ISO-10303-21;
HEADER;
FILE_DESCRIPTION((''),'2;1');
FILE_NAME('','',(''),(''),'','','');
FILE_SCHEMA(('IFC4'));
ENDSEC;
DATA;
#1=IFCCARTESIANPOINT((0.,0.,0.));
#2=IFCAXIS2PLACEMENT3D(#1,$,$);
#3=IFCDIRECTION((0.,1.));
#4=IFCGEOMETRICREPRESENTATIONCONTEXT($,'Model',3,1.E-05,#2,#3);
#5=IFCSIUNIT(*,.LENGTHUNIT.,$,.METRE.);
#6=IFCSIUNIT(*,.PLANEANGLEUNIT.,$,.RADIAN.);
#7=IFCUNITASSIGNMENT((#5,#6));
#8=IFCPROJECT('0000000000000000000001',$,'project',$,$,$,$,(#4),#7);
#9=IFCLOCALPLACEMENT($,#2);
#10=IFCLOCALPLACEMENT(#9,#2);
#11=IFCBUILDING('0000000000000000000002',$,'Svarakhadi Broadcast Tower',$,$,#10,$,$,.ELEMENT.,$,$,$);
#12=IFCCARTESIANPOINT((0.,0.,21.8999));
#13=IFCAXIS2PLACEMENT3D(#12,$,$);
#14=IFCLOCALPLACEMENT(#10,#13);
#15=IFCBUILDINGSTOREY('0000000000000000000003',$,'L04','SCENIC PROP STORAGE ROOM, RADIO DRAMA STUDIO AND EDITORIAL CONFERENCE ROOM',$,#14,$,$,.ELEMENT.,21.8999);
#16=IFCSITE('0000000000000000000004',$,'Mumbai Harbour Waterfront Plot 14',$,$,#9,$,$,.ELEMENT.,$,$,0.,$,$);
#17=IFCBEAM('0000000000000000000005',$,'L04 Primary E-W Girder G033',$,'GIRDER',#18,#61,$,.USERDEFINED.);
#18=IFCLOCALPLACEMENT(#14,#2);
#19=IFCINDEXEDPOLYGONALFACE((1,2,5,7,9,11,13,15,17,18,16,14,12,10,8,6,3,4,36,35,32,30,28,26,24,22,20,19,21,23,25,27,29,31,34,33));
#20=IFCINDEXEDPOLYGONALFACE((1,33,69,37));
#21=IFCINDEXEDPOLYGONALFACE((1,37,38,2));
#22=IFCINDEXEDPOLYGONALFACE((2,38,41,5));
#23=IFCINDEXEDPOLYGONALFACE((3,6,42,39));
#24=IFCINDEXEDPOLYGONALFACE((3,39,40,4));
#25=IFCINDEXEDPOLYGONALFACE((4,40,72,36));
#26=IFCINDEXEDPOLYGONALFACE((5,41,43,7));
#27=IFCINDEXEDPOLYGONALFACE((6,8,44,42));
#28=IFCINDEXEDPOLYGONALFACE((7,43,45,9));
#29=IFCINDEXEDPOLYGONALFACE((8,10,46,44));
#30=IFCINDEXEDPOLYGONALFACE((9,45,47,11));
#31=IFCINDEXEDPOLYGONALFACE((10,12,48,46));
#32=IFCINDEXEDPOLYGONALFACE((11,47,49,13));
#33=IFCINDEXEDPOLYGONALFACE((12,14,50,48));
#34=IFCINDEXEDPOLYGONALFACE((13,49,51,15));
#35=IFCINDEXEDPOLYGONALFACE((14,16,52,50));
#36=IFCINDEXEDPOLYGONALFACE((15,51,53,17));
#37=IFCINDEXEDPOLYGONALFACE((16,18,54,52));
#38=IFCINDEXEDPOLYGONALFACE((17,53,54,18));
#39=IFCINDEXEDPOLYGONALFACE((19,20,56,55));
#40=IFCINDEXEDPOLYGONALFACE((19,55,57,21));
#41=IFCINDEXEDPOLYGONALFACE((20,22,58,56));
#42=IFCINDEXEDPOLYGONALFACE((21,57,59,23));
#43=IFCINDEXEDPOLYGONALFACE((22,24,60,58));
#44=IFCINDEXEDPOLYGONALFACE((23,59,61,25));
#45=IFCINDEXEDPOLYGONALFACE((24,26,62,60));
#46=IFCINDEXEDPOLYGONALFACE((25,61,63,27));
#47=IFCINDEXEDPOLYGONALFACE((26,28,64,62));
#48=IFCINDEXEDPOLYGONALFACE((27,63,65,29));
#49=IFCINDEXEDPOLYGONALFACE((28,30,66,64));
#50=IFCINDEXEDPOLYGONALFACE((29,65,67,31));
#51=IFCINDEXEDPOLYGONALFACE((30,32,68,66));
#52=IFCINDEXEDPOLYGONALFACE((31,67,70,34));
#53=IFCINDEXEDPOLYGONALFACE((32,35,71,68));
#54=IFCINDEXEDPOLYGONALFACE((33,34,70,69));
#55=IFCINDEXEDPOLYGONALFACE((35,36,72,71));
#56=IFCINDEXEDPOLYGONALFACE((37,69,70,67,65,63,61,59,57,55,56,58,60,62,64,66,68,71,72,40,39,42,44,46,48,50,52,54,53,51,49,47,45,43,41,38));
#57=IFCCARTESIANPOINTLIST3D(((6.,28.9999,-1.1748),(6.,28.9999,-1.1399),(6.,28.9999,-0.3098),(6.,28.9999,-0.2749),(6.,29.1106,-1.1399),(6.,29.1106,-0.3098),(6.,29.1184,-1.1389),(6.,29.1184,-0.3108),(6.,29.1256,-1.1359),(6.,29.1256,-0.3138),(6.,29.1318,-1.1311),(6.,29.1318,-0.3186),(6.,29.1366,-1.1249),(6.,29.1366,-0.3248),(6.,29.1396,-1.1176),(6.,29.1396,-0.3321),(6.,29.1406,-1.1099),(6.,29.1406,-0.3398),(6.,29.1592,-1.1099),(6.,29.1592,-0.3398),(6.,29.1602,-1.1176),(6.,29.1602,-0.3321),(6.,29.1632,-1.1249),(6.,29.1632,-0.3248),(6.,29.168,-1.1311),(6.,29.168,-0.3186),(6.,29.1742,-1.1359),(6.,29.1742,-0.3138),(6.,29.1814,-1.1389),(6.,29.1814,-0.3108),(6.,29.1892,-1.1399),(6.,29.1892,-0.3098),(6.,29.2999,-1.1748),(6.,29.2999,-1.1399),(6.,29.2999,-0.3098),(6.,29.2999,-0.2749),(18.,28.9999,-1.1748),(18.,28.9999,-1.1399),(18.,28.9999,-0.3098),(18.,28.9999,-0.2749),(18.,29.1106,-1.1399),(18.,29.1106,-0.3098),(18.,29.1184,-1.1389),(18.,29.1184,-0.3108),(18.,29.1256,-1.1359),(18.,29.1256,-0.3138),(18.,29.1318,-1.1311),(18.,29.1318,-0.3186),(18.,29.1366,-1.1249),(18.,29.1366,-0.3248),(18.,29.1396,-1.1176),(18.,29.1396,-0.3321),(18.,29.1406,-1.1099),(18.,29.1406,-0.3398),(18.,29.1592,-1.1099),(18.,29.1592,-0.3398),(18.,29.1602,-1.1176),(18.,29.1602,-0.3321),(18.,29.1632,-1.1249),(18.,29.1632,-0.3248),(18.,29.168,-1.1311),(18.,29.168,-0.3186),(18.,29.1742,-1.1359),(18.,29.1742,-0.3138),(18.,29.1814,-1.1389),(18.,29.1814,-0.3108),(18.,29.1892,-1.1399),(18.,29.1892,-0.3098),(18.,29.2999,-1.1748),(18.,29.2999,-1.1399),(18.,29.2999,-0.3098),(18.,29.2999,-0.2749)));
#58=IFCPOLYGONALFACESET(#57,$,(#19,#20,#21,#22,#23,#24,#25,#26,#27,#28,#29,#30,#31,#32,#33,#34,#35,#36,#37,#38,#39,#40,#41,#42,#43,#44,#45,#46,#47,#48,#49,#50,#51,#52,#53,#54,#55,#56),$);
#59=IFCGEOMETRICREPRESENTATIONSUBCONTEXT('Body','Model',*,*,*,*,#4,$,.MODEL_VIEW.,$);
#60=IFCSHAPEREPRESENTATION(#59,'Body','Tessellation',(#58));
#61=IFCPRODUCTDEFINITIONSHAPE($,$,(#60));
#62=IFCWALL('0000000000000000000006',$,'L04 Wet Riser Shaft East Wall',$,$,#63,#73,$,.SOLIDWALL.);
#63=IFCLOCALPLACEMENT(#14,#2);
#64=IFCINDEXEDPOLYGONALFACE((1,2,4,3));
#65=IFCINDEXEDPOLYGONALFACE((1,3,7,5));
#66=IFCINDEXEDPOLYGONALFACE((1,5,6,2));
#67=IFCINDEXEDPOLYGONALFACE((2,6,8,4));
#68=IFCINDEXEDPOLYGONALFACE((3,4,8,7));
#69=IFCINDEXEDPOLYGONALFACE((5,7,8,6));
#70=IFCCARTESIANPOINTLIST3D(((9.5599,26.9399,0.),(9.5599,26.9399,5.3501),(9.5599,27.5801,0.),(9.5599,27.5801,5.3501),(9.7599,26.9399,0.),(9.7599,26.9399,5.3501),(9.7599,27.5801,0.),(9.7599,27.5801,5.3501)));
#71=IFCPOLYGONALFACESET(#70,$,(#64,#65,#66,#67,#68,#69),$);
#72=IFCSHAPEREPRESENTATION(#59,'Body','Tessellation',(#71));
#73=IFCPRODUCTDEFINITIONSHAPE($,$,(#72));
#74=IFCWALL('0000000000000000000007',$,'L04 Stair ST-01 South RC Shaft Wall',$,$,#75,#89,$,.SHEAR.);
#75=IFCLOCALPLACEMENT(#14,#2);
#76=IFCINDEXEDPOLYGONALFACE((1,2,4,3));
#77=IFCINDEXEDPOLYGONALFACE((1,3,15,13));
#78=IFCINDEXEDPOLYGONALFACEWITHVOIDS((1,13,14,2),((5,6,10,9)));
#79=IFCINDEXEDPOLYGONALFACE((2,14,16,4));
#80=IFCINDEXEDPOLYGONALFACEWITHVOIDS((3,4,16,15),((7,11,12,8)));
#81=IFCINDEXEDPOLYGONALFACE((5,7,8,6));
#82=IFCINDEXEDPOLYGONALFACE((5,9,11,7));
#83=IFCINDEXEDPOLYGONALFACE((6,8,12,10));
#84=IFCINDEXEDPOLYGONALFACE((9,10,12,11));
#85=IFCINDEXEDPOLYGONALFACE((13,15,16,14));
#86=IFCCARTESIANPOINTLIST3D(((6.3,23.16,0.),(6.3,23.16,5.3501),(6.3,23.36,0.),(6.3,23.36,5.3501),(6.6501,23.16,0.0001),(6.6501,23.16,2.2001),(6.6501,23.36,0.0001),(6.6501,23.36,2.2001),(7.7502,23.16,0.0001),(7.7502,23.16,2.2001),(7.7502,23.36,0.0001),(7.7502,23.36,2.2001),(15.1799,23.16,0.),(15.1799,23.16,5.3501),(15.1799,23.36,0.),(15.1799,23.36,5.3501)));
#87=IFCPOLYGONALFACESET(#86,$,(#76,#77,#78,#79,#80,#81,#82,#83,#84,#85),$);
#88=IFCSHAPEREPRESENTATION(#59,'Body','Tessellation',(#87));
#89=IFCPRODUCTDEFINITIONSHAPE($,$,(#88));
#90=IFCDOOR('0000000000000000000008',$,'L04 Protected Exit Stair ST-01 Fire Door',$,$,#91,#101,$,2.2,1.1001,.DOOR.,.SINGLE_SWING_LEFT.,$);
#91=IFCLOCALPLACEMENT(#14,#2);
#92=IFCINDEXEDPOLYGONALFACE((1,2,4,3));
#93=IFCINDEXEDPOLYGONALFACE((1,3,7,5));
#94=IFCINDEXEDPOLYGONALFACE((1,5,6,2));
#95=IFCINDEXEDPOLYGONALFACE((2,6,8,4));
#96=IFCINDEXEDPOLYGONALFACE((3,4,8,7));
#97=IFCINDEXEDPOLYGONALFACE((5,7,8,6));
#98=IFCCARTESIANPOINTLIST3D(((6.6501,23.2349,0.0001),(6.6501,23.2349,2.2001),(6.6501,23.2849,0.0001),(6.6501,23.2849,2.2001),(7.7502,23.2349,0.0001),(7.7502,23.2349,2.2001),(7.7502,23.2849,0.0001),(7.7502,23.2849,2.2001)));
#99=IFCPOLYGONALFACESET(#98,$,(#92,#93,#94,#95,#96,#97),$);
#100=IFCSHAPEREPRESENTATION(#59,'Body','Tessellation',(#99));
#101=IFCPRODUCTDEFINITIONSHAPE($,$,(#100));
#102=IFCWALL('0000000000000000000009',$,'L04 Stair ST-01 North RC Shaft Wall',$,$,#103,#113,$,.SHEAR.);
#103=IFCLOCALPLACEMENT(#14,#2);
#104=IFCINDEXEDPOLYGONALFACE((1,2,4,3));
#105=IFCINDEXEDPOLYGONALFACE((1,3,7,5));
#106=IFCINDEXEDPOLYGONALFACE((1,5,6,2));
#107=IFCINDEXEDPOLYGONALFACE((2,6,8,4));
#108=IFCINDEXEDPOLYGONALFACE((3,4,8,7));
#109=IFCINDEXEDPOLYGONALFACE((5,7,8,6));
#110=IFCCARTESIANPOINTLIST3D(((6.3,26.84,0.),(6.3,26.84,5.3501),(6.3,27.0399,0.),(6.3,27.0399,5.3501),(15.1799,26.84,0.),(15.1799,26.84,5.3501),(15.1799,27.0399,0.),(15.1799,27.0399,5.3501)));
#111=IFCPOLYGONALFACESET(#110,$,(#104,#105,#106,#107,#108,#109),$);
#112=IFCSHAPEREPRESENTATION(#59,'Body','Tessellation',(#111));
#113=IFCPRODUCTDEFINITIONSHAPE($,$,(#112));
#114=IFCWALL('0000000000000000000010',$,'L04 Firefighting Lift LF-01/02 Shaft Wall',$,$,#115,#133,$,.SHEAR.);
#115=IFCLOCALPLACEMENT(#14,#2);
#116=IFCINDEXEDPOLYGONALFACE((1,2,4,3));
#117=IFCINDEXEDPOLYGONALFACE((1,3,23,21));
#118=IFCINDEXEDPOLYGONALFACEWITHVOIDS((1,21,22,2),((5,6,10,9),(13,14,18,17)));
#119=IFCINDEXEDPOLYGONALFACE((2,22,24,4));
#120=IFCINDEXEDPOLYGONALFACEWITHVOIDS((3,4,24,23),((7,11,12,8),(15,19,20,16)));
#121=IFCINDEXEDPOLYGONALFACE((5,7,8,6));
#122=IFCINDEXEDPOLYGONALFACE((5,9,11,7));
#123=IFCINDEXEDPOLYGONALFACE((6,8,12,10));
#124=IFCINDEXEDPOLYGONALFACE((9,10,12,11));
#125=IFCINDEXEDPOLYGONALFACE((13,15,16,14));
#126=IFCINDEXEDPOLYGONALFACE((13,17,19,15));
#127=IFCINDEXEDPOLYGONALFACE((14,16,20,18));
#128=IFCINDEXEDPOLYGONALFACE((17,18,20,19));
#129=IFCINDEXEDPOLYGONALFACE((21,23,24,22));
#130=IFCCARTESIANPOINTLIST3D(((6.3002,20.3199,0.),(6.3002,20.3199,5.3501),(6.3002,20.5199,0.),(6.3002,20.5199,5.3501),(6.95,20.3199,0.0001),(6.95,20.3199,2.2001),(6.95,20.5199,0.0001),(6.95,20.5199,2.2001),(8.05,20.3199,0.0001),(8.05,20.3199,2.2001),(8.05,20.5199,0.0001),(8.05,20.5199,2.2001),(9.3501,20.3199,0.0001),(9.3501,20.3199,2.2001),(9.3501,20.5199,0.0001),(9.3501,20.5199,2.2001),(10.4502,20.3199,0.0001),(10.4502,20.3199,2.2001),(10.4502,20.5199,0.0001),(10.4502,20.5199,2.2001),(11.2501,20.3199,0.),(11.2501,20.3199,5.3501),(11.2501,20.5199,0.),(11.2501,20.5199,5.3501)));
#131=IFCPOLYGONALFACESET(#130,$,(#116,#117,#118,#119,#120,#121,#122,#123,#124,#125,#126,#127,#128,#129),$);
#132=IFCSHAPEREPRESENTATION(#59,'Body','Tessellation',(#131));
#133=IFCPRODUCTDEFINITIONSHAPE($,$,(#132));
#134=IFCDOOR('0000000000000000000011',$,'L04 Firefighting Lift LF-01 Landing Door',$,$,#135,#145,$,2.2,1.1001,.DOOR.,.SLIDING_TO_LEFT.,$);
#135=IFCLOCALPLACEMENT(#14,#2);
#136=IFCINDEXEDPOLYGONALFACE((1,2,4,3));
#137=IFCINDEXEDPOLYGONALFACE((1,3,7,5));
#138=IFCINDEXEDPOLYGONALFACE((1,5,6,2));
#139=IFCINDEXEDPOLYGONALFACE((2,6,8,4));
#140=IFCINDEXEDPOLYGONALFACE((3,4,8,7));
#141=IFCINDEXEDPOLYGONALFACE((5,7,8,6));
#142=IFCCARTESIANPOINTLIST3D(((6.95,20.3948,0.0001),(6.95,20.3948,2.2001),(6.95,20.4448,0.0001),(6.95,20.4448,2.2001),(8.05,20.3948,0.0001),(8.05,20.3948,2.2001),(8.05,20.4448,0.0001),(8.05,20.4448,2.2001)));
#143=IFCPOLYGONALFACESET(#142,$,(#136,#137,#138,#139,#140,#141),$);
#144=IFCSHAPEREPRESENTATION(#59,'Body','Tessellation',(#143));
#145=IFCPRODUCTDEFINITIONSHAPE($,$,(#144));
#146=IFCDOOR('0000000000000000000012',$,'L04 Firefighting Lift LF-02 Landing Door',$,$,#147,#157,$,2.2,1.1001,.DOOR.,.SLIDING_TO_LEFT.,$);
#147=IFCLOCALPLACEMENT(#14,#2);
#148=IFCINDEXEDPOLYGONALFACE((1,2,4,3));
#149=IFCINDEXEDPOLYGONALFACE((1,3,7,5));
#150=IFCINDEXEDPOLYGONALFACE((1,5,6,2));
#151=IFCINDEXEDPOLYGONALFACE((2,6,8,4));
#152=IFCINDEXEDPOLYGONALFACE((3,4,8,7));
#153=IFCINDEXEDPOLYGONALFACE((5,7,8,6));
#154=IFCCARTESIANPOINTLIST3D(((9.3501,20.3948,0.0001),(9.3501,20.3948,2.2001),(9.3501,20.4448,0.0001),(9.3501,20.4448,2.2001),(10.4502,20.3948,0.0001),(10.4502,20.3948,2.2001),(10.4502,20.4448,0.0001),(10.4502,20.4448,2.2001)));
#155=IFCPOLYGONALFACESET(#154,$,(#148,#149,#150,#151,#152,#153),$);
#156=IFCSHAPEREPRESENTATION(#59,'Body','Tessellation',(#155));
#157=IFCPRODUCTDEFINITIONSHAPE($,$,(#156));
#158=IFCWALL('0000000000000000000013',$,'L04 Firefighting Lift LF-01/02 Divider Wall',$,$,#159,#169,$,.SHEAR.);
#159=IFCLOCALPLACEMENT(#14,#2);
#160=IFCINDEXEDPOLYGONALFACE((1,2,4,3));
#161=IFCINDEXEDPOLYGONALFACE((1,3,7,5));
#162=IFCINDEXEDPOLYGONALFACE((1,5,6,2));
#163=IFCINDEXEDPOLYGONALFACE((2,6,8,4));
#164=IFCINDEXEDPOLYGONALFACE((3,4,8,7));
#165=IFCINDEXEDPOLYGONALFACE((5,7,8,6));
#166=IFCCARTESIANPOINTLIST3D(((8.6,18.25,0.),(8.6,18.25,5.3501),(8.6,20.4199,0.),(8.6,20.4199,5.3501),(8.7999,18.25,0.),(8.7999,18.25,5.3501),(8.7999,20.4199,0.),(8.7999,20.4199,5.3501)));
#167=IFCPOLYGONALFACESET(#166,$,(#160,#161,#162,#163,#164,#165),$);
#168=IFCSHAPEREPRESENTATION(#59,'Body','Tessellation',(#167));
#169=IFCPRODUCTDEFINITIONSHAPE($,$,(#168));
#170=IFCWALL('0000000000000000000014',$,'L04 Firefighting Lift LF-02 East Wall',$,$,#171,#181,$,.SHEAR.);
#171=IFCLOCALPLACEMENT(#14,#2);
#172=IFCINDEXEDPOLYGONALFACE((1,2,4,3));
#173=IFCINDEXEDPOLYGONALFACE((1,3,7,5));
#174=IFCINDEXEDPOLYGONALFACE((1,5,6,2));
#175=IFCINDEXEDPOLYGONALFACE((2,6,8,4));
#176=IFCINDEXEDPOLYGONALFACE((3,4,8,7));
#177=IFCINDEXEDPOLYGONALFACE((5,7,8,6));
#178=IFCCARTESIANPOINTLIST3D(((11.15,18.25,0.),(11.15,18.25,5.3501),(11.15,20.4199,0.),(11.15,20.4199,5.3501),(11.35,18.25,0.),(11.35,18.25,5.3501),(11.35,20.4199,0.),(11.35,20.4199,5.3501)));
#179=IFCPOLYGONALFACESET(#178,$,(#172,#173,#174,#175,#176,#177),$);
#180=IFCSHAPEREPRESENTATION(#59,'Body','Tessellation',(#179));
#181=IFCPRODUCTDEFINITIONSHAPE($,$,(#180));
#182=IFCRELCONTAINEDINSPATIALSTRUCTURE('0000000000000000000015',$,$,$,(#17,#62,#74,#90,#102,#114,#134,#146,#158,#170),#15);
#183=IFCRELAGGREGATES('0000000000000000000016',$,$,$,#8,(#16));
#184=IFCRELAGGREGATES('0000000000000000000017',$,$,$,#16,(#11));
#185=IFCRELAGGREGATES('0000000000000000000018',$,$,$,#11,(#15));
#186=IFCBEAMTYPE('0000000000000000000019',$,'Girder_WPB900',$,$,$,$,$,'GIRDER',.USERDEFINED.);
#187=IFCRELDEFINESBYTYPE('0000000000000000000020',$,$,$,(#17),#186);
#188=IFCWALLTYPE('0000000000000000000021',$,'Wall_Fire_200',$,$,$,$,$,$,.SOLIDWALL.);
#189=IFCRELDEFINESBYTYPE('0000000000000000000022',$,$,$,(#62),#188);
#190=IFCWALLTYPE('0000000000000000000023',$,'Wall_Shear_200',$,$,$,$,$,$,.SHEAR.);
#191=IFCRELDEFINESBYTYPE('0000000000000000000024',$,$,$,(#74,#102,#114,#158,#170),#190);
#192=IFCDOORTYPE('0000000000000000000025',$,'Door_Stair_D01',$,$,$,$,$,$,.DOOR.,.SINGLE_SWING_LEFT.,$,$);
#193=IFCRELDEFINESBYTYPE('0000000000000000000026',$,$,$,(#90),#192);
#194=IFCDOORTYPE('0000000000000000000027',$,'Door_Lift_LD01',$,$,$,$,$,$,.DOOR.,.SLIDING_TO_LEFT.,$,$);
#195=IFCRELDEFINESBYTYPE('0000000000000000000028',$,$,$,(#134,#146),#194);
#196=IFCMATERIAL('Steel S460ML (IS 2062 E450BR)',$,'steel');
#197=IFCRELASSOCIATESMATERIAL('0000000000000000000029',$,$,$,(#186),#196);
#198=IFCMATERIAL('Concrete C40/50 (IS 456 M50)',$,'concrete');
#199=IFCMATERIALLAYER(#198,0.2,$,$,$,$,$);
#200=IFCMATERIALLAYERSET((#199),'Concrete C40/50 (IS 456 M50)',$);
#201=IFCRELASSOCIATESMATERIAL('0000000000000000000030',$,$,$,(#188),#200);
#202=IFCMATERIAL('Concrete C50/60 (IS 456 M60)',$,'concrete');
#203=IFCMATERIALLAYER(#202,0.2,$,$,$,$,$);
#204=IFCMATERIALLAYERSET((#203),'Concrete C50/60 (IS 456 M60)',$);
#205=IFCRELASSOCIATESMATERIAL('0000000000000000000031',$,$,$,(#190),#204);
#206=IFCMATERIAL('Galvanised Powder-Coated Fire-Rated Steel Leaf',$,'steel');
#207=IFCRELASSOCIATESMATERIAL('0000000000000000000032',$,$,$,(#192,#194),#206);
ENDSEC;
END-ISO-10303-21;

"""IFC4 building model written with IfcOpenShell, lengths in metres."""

from ifc_helpers import new_model, si_unit, direction, frame, frame_2d, origin, origin_2d, place, context, subcontext, project, spatial, rectangle, i_section, extrude, material, layer, layer_set, material_profile, profile_set, type_object, element, fill, save


model = new_model("IFC4")

# Units and contexts
model_context = context("Model", 3, precision=1e-05, world=origin(), true_north=direction((0.0, 1.0)))
body_context = subcontext(model_context, "Body", "Model", "MODEL_VIEW")
ifc_project = project(units=[si_unit("LENGTHUNIT", "METRE"), si_unit("PLANEANGLEUNIT", "RADIAN")], contexts=[model_context])

# Site, building, storey
site_placement = place(None, origin())
site = spatial("IfcSite", under=ifc_project, at=site_placement, Name="Mumbai Harbour Waterfront Plot 14", CompositionType="ELEMENT", RefElevation=0.0)
building_placement = place(site_placement, origin())
building = spatial("IfcBuilding", under=site, at=building_placement, Name="Svarakhadi Broadcast Tower", CompositionType="ELEMENT")
storey_placement = place(building_placement, frame((0.0, 0.0, 21.8999)))
storey = spatial("IfcBuildingStorey", under=building, at=storey_placement, Name="L04", Description="SCENIC PROP STORAGE ROOM, RADIO DRAMA STUDIO AND EDITORIAL CONFERENCE ROOM", CompositionType="ELEMENT", Elevation=21.8999)

# Shared definitions
ifc_material_1 = material(Name="Steel S460ML (IS 2062 E450BR)", Category="steel")

# Beam
ifc_material_2 = material(Name="Concrete C50/60 (IS 456 M60)", Category="concrete")
ifc_material_profile_1 = material_profile(ifc_material_1, i_section(OverallWidth=0.3, OverallDepth=0.8999, WebThickness=0.0186, FlangeThickness=0.0349, FilletRadius=0.03, at=origin_2d()), Name="WPB 900x300x291")
ifc_profile_set_1 = profile_set([ifc_material_profile_1], Name="Steel S460ML (IS 2062 E450BR)")
beam_type_1 = type_object("IfcBeamType", Name="Girder_WPB900", ElementType="GIRDER", PredefinedType="USERDEFINED", material=ifc_profile_set_1)
beam_1_placement = place(storey_placement, frame((6.0, 29.1499, -0.7249), z_axis=(1.0, 0.0, 0.0), x_axis=(0.0, 1.0, 0.0)))
element("IfcBeam", 1, at=beam_1_placement, inside=storey, type_object=beam_type_1, Name="L04 Primary E-W Girder G033", ObjectType="GIRDER", PredefinedType="USERDEFINED", context=body_context, shape_type="SweptSolid", body=[
    extrude(i_section(OverallWidth=0.3, OverallDepth=0.8999, WebThickness=0.0186, FlangeThickness=0.0349, FilletRadius=0.03, at=origin_2d()), origin(), (0.0, 0.0, 1.0), 12.0),
])

# Wall
ifc_material_3 = material(Name="Concrete C40/50 (IS 456 M50)", Category="concrete")
ifc_layer_1 = layer(ifc_material_3, 0.2)
ifc_layer_set_1 = layer_set([ifc_layer_1], Name="Concrete C40/50 (IS 456 M50)")
wall_type_1 = type_object("IfcWallType", Name="Wall_Fire_200", PredefinedType="SOLIDWALL", material=ifc_layer_set_1)
wall_1_placement = place(storey_placement, frame((9.6599, 26.9399, 0.0), z_axis=(0.0, 0.0, 1.0), x_axis=(0.0, 1.0, 0.0)))
element("IfcWall", 2, at=wall_1_placement, inside=storey, type_object=wall_type_1, Name="L04 Wet Riser Shaft East Wall", PredefinedType="SOLIDWALL", context=body_context, shape_type="SweptSolid", body=[
    extrude(rectangle(XDim=0.6401, YDim=0.2, at=frame_2d((0.3201, 0.0))), origin(), (0.0, 0.0, 1.0), 5.3501),
])

# Wall, opening, door
ifc_layer_2 = layer(ifc_material_2, 0.2)
ifc_layer_set_2 = layer_set([ifc_layer_2], Name="Concrete C50/60 (IS 456 M60)")
wall_type_2 = type_object("IfcWallType", Name="Wall_Shear_200", PredefinedType="SHEAR", material=ifc_layer_set_2)
wall_2_placement = place(storey_placement, frame((6.3, 23.26, 0.0), z_axis=(0.0, 0.0, 1.0), x_axis=(1.0, 0.0, 0.0)))
wall_2 = element("IfcWall", 3, at=wall_2_placement, inside=storey, type_object=wall_type_2, Name="L04 Stair ST-01 South RC Shaft Wall", PredefinedType="SHEAR", context=body_context, shape_type="SweptSolid", body=[
    extrude(rectangle(XDim=8.8799, YDim=0.2, at=frame_2d((4.4399, 0.0))), origin(), (0.0, 0.0, 1.0), 5.3501),
])
opening_1_placement = place(wall_2_placement, frame((0.3501, 0.0, 0.0)))
opening_1 = element("IfcOpeningElement", 4, at=opening_1_placement, cuts=wall_2, PredefinedType="OPENING", context=body_context, shape_type="SweptSolid", body=[
    extrude(rectangle(XDim=1.1001, YDim=2.2, at=frame_2d((0.55, 1.1001))), frame((0.0, 0.1099, 0.0), z_axis=(0.0, -1.0, 0.0), x_axis=(1.0, 0.0, 0.0)), (0.0, 0.0, 1.0), 0.22),
])
ifc_material_4 = material(Name="Galvanised Powder-Coated Fire-Rated Steel Leaf", Category="steel")
door_type_1 = type_object("IfcDoorType", Name="Door_Stair_D01", OperationType="SINGLE_SWING_LEFT", PredefinedType="DOOR", material=ifc_material_4)
door_1_placement = place(opening_1_placement, origin())
door_1 = element("IfcDoor", 5, at=door_1_placement, inside=storey, type_object=door_type_1, Name="L04 Protected Exit Stair ST-01 Fire Door", OperationType="SINGLE_SWING_LEFT", OverallHeight=2.2, OverallWidth=1.1001, PredefinedType="DOOR", context=body_context, shape_type="SweptSolid", body=[
    extrude(rectangle(XDim=1.1001, YDim=2.2, at=frame_2d((0.55, 1.1001))), frame((0.0, 0.0249, 0.0), z_axis=(0.0, -1.0, 0.0), x_axis=(1.0, 0.0, 0.0)), (0.0, 0.0, 1.0), 0.05),
])
fill(opening_1, door_1)

# Wall
wall_3_placement = place(storey_placement, frame((6.3, 26.9399, 0.0), z_axis=(0.0, 0.0, 1.0), x_axis=(1.0, 0.0, 0.0)))
element("IfcWall", 6, at=wall_3_placement, inside=storey, type_object=wall_type_2, Name="L04 Stair ST-01 North RC Shaft Wall", PredefinedType="SHEAR", context=body_context, shape_type="SweptSolid", body=[
    extrude(rectangle(XDim=8.8799, YDim=0.2, at=frame_2d((4.4399, 0.0))), origin(), (0.0, 0.0, 1.0), 5.3501),
])

# Wall, openings, doors
wall_4_placement = place(storey_placement, frame((6.3, 20.4199, 0.0), z_axis=(0.0, 0.0, 1.0), x_axis=(1.0, 0.0, 0.0)))
wall_4 = element("IfcWall", 7, at=wall_4_placement, inside=storey, type_object=wall_type_2, Name="L04 Firefighting Lift LF-01/02 Shaft Wall", PredefinedType="SHEAR", context=body_context, shape_type="SweptSolid", body=[
    extrude(rectangle(XDim=4.95, YDim=0.2, at=frame_2d((2.4751, 0.0))), origin(), (0.0, 0.0, 1.0), 5.3501),
])
opening_2_placement = place(wall_4_placement, frame((0.6499, 0.0, 0.0)))
opening_2 = element("IfcOpeningElement", 8, at=opening_2_placement, cuts=wall_4, PredefinedType="OPENING", context=body_context, shape_type="SweptSolid", body=[
    extrude(rectangle(XDim=1.1001, YDim=2.2, at=frame_2d((0.55, 1.1001))), frame((0.0, 0.1099, 0.0), z_axis=(0.0, -1.0, 0.0), x_axis=(1.0, 0.0, 0.0)), (0.0, 0.0, 1.0), 0.22),
])
opening_3_placement = place(wall_4_placement, frame((3.05, 0.0, 0.0)))
opening_3 = element("IfcOpeningElement", 9, at=opening_3_placement, cuts=wall_4, PredefinedType="OPENING", context=body_context, shape_type="SweptSolid", body=[
    extrude(rectangle(XDim=1.1001, YDim=2.2, at=frame_2d((0.55, 1.1001))), frame((0.0, 0.1099, 0.0), z_axis=(0.0, -1.0, 0.0), x_axis=(1.0, 0.0, 0.0)), (0.0, 0.0, 1.0), 0.22),
])
door_type_2 = type_object("IfcDoorType", Name="Door_Lift_LD01", OperationType="SLIDING_TO_LEFT", PredefinedType="DOOR", material=ifc_material_4)
door_2_placement = place(opening_2_placement, origin())
door_2 = element("IfcDoor", 10, at=door_2_placement, inside=storey, type_object=door_type_2, Name="L04 Firefighting Lift LF-01 Landing Door", OperationType="SLIDING_TO_LEFT", OverallHeight=2.2, OverallWidth=1.1001, PredefinedType="DOOR", context=body_context, shape_type="SweptSolid", body=[
    extrude(rectangle(XDim=1.1001, YDim=2.2, at=frame_2d((0.55, 1.1001))), frame((0.0, 0.0249, 0.0), z_axis=(0.0, -1.0, 0.0), x_axis=(1.0, 0.0, 0.0)), (0.0, 0.0, 1.0), 0.05),
])
fill(opening_2, door_2)
door_3_placement = place(opening_3_placement, origin())
door_3 = element("IfcDoor", 11, at=door_3_placement, inside=storey, type_object=door_type_2, Name="L04 Firefighting Lift LF-02 Landing Door", OperationType="SLIDING_TO_LEFT", OverallHeight=2.2, OverallWidth=1.1001, PredefinedType="DOOR", context=body_context, shape_type="SweptSolid", body=[
    extrude(rectangle(XDim=1.1001, YDim=2.2, at=frame_2d((0.55, 1.1001))), frame((0.0, 0.0249, 0.0), z_axis=(0.0, -1.0, 0.0), x_axis=(1.0, 0.0, 0.0)), (0.0, 0.0, 1.0), 0.05),
])
fill(opening_3, door_3)

# Walls
for number, where, z_axis, x_axis, name in (
    (12, (8.7, 18.25, 0.0), (0.0, 0.0, 1.0), (0.0, 1.0, 0.0), "L04 Firefighting Lift LF-01/02 Divider Wall"),
    (13, (11.25, 18.25, 0.0), (0.0, 0.0, 1.0), (0.0, 1.0, 0.0), "L04 Firefighting Lift LF-02 East Wall"),
):
    element("IfcWall", number, at=place(storey_placement, frame(where, z_axis=z_axis, x_axis=x_axis)), inside=storey, type_object=wall_type_2, Name=name, PredefinedType="SHEAR", context=body_context, shape_type="SweptSolid", body=[
        extrude(rectangle(XDim=2.1699, YDim=0.2, at=frame_2d((1.085, 0.0))), origin(), (0.0, 0.0, 1.0), 5.3501),
    ])

save(model, "model.ifc")
